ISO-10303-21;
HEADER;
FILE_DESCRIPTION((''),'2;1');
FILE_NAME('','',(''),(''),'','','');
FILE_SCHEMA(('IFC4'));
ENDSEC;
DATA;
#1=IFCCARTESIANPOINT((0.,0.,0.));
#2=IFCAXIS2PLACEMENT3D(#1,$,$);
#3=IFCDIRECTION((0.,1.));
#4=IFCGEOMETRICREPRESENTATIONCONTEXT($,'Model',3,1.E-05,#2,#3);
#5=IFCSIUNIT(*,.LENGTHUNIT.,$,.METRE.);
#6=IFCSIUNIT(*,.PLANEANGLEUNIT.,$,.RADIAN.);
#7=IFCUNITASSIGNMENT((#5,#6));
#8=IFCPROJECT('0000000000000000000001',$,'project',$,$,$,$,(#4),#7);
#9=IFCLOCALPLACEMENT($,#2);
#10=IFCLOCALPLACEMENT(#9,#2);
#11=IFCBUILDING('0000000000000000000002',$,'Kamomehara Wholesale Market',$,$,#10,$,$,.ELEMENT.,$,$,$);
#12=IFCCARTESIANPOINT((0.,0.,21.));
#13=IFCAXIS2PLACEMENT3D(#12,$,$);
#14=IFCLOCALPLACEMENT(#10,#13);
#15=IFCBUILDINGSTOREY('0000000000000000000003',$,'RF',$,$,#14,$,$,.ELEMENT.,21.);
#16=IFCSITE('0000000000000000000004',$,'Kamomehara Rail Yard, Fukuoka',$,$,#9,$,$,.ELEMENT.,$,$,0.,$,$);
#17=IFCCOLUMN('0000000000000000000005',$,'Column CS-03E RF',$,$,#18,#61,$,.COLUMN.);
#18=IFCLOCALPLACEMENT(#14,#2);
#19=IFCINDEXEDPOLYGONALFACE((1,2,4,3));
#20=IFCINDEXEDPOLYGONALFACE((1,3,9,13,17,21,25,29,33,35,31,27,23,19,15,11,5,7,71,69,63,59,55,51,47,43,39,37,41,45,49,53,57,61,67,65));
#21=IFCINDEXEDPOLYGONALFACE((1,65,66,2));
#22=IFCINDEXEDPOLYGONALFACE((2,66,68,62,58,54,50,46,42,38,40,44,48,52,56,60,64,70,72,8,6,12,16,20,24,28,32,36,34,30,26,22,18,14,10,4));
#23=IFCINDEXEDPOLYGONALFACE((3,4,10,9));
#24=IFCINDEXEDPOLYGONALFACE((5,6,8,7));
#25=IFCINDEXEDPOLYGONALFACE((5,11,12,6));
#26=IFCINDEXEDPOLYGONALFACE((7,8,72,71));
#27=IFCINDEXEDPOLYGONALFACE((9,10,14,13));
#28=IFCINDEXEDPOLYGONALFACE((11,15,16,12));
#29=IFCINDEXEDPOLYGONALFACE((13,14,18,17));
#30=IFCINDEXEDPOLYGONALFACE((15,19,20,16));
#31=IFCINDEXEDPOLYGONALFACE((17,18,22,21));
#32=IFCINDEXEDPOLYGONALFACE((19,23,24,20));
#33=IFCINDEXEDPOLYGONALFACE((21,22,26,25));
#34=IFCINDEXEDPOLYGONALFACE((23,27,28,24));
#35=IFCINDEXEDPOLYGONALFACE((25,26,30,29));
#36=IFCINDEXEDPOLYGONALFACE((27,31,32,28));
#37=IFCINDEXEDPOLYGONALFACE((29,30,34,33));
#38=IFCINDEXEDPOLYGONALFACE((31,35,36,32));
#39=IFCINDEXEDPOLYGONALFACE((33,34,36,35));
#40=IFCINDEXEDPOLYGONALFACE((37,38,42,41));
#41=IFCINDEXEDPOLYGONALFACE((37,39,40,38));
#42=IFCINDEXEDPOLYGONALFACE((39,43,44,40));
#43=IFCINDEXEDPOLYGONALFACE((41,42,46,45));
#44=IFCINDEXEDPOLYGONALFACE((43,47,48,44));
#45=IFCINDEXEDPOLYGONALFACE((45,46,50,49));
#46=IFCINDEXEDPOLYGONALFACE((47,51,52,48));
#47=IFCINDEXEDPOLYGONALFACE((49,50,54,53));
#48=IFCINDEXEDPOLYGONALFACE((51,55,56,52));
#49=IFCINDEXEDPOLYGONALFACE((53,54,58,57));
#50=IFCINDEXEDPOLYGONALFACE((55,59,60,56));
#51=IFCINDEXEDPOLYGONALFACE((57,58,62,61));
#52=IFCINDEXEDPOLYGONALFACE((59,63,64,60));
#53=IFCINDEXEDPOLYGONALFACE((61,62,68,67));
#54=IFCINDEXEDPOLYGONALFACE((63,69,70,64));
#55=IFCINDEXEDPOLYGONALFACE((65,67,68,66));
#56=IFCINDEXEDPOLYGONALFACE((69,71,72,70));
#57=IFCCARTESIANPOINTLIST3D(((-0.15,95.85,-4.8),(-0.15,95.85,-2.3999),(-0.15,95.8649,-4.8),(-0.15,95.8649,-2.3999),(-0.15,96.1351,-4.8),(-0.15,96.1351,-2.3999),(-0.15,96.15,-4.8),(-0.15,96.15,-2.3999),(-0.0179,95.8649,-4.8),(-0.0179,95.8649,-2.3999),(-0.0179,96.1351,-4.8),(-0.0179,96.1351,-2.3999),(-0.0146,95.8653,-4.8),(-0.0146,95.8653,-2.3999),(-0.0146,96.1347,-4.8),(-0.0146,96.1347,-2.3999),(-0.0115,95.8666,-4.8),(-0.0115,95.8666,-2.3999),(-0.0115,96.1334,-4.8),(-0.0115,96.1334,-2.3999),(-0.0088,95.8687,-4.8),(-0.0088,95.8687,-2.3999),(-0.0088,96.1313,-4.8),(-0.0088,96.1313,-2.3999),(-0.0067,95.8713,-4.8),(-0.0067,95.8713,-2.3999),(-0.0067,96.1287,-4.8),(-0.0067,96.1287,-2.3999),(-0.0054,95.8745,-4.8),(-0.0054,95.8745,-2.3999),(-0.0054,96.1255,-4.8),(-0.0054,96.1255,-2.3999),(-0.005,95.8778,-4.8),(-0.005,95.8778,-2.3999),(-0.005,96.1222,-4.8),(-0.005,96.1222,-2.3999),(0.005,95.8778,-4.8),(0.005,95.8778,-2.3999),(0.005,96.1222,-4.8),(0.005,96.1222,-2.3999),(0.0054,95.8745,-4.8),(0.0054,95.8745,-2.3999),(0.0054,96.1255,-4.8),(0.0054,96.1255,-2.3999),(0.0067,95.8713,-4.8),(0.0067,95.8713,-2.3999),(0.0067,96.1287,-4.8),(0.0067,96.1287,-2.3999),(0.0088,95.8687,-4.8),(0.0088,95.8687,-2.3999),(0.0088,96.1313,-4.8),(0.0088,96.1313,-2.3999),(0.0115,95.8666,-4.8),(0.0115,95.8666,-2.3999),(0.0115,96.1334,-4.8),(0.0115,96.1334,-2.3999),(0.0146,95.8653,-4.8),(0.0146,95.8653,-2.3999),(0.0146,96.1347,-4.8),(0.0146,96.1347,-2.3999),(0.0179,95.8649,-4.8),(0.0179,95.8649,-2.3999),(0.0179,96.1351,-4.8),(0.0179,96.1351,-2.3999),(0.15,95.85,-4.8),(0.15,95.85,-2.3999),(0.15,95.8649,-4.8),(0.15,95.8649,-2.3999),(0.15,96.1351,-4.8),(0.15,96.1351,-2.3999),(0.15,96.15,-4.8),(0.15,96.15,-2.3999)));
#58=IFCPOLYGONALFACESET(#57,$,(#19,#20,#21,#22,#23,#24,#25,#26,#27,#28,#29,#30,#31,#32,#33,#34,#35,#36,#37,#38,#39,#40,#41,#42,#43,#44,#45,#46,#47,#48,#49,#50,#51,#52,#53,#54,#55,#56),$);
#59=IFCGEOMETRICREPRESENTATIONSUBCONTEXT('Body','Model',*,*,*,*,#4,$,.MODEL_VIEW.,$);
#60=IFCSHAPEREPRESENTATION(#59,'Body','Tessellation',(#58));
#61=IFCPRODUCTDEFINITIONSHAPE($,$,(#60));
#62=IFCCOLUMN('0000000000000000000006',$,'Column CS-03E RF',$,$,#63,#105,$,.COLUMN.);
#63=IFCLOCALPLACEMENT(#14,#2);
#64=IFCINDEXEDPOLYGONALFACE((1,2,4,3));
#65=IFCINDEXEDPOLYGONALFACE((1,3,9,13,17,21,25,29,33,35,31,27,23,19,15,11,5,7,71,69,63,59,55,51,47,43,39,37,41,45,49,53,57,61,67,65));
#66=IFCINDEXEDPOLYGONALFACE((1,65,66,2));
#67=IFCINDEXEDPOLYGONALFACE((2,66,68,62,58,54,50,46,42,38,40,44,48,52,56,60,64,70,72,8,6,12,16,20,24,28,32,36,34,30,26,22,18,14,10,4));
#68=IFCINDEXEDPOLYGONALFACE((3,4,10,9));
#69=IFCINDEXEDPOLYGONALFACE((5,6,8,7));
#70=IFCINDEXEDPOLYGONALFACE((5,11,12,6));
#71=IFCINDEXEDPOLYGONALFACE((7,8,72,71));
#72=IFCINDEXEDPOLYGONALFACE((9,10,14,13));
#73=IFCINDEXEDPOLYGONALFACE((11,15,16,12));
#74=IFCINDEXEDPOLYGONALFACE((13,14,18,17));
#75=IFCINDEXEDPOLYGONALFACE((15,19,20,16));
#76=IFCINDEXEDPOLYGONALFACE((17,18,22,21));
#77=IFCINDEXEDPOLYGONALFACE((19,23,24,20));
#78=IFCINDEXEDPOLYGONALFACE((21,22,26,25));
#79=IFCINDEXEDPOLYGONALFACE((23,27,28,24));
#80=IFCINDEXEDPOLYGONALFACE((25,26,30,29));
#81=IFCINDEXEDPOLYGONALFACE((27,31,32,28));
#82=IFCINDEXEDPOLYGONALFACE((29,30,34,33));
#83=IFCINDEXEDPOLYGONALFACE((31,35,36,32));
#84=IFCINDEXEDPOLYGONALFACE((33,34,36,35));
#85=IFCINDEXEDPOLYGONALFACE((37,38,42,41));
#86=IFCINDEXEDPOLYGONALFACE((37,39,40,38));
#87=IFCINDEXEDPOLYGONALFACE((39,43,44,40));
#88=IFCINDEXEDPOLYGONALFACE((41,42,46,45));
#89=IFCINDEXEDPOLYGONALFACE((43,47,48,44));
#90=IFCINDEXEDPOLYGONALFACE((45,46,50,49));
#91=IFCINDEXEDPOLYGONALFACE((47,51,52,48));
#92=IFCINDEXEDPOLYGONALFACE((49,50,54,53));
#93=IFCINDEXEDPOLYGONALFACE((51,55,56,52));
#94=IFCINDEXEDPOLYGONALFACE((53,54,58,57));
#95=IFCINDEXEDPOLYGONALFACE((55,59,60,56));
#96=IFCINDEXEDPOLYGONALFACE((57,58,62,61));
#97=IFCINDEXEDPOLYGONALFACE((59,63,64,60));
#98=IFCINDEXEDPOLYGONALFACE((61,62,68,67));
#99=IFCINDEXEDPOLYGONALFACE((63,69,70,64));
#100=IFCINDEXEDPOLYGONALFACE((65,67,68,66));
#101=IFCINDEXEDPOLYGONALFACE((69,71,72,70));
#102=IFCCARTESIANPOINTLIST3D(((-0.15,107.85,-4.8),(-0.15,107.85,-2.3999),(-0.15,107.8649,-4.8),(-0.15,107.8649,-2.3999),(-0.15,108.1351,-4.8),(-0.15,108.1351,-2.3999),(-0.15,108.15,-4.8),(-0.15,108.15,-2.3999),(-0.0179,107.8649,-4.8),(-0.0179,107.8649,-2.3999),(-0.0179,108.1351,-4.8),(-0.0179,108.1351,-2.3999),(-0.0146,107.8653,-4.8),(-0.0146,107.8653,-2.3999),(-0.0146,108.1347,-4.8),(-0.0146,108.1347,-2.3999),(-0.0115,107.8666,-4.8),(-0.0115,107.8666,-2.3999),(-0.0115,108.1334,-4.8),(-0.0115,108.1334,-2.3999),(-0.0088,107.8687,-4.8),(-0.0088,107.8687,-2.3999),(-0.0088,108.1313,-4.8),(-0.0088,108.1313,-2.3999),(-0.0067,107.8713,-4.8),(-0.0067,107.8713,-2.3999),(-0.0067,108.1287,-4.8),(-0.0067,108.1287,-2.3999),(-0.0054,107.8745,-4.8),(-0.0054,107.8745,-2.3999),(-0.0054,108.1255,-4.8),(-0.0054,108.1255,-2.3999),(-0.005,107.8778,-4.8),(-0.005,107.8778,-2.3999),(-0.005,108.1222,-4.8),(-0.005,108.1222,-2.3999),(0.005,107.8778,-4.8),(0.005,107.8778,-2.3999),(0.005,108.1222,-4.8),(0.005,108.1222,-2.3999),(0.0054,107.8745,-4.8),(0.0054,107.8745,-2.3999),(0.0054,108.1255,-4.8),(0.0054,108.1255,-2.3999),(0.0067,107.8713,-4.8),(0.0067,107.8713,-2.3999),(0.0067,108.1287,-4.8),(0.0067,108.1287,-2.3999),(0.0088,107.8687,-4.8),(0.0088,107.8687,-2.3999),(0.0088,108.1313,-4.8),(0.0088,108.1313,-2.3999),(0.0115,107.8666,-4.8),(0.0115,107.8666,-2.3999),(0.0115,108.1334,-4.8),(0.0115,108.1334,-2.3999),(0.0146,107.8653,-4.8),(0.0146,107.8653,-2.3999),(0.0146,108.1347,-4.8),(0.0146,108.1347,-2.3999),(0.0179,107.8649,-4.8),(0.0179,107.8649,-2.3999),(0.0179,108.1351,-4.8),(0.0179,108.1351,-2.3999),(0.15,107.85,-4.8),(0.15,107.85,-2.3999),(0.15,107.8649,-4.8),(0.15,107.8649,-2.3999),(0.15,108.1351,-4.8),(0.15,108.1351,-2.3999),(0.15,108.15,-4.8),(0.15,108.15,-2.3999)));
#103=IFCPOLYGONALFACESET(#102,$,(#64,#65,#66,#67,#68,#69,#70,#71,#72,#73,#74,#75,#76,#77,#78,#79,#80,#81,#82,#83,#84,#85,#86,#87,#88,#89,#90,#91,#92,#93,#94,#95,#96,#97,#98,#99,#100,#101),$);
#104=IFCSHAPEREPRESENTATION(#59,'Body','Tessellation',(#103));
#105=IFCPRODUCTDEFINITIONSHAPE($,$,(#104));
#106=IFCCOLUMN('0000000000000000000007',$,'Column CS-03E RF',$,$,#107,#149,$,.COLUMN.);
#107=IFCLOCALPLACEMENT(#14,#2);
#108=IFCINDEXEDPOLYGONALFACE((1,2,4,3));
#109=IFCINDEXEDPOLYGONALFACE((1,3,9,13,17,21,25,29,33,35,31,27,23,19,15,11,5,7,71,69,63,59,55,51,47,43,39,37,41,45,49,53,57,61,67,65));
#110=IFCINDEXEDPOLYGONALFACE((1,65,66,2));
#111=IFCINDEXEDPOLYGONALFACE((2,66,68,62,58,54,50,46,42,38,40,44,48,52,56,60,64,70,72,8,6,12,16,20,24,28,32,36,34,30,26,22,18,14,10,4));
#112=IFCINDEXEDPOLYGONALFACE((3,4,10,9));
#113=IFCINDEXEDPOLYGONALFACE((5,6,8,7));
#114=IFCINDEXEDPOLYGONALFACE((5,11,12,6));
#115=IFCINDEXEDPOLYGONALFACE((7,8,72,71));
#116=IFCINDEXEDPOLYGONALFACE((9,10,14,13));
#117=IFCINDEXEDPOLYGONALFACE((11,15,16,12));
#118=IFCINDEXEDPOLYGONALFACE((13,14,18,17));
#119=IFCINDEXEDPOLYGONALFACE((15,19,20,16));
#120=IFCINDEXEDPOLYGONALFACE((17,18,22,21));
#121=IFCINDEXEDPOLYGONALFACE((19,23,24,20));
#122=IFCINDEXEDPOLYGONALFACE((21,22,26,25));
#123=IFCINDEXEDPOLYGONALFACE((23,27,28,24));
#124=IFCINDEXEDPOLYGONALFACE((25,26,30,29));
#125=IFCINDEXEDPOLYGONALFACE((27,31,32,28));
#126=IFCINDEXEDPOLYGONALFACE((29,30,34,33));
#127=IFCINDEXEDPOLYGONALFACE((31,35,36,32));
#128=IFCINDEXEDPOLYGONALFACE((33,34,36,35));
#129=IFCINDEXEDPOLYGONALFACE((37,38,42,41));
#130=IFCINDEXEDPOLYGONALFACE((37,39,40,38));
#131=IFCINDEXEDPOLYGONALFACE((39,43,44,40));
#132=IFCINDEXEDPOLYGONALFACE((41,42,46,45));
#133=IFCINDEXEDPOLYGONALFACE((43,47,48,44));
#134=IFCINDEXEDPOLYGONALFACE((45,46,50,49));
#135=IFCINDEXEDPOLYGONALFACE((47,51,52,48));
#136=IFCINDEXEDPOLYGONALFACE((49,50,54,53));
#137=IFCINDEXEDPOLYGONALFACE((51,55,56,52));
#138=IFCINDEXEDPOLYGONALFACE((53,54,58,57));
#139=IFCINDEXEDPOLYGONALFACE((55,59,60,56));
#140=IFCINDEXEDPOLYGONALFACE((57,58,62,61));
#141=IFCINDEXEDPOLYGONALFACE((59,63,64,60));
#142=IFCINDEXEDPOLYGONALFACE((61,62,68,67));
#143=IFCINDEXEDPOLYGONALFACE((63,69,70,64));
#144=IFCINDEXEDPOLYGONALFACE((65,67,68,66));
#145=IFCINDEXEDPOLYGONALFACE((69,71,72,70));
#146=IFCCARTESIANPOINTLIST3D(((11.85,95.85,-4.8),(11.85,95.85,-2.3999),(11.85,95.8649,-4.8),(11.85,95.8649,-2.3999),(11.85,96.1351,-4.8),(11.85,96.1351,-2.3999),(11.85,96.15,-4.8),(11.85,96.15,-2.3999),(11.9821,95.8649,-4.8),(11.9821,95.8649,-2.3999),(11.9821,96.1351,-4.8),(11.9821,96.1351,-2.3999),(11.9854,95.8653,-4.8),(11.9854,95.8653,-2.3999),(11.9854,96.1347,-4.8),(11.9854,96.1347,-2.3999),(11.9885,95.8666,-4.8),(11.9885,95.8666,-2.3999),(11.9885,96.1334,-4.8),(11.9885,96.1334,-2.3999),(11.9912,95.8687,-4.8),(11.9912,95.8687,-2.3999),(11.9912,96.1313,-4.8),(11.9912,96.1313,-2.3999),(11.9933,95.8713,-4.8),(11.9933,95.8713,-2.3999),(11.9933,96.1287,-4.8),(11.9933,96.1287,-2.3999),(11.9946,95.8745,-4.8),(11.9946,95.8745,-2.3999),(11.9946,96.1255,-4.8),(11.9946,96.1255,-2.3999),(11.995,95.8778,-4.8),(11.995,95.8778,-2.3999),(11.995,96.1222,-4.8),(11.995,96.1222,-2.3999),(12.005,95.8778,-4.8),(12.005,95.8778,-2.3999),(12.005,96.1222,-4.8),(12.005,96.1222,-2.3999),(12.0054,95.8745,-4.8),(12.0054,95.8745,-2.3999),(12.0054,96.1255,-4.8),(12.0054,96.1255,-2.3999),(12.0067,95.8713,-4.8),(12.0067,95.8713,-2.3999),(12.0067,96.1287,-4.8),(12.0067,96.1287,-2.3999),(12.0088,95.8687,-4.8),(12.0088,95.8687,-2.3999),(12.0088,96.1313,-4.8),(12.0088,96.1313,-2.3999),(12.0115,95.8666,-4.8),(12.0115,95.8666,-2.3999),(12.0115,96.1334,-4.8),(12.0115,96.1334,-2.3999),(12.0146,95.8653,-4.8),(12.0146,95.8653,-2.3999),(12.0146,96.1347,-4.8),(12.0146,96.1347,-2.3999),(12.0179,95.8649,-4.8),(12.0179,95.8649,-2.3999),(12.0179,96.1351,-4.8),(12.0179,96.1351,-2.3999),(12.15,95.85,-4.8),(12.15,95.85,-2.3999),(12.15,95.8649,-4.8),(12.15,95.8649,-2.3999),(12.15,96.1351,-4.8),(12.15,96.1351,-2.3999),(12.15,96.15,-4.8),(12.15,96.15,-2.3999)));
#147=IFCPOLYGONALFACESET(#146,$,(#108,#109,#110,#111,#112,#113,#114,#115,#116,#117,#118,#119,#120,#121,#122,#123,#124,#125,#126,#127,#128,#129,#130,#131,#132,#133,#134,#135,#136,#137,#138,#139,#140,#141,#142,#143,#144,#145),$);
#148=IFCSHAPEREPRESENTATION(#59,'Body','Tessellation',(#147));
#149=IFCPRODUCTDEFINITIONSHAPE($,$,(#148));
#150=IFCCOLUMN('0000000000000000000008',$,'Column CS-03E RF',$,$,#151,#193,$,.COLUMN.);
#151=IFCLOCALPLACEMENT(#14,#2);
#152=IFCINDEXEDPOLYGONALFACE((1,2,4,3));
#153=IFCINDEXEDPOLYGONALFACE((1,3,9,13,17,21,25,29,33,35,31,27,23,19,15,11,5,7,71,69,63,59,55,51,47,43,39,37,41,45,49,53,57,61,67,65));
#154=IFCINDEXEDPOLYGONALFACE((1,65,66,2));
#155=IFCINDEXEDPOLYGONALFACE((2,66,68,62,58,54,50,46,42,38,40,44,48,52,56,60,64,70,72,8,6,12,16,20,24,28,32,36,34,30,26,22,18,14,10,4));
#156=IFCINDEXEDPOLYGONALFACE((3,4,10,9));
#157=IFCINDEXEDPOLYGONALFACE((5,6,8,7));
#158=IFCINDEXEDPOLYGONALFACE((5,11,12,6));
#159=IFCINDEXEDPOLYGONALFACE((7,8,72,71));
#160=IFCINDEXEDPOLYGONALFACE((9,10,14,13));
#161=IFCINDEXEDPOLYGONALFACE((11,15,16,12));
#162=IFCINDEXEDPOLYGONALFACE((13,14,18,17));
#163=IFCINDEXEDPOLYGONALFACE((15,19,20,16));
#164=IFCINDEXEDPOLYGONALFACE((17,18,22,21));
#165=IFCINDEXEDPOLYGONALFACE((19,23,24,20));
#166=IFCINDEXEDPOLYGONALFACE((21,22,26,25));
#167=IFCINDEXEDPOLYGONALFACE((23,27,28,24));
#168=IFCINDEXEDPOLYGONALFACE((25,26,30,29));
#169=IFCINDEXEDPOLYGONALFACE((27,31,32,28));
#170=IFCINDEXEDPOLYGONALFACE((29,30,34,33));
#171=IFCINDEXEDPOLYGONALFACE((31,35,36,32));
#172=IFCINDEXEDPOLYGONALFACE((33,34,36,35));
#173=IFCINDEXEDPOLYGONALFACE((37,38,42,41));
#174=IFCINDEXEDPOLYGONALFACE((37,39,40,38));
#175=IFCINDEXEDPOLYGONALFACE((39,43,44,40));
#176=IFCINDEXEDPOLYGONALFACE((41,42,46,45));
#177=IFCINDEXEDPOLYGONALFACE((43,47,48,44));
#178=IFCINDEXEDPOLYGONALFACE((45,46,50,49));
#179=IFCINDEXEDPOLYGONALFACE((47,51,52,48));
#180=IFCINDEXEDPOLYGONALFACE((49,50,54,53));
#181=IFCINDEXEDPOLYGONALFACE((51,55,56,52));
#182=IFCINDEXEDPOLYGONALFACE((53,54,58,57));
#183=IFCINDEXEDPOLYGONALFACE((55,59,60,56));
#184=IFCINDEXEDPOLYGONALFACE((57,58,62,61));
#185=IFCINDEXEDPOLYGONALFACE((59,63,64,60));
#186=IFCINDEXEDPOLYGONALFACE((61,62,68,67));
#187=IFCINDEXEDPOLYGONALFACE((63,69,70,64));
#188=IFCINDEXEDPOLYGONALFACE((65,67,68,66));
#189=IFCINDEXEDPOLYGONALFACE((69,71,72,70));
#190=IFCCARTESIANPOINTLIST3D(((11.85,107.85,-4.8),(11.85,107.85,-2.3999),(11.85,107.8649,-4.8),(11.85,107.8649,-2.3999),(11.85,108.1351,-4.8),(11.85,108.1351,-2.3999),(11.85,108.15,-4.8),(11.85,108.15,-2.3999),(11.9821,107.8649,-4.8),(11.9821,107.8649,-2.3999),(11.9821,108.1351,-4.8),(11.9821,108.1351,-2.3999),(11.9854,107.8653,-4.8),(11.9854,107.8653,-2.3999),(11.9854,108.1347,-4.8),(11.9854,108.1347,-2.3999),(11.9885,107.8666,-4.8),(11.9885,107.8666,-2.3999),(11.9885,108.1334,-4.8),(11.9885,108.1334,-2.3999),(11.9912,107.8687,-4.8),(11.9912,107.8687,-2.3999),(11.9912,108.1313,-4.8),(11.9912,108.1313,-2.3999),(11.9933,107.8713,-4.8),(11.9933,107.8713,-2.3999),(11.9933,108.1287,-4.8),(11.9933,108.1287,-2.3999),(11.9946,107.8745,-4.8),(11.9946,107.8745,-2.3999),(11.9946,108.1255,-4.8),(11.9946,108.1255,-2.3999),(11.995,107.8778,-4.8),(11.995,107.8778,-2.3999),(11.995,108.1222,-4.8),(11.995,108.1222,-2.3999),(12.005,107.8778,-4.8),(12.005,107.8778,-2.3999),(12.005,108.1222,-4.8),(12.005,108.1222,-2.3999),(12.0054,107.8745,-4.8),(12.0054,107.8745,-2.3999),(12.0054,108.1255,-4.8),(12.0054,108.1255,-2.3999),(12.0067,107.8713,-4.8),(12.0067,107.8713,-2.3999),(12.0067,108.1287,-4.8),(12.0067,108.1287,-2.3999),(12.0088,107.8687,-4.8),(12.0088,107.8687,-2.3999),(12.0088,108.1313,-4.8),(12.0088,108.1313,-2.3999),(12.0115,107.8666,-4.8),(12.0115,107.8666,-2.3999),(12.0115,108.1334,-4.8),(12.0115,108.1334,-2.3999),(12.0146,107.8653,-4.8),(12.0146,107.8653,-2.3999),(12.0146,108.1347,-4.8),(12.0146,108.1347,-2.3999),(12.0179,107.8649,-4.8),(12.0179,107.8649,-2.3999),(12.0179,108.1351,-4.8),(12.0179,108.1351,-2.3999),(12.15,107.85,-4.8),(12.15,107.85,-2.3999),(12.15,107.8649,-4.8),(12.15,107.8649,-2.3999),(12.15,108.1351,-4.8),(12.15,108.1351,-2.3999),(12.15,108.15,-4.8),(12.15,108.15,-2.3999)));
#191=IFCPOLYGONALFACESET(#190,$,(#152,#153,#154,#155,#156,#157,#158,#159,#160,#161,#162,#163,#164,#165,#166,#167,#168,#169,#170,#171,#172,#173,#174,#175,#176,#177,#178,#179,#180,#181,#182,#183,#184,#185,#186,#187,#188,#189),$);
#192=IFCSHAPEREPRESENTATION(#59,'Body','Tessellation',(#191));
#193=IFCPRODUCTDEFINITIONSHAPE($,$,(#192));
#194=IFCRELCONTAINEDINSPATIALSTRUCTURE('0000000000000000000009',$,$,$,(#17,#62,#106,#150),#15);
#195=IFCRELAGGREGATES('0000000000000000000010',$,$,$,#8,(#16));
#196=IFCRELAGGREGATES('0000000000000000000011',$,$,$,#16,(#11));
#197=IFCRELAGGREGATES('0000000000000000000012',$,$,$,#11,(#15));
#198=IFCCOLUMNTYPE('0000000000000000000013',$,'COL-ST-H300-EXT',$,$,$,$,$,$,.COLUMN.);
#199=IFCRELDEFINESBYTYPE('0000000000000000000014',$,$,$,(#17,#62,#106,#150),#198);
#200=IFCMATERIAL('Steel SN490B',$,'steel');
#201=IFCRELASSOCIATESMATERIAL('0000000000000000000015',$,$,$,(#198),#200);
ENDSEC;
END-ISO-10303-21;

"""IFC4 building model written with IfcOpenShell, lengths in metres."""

from ifc_helpers import new_model, si_unit, direction, frame, origin, origin_2d, place, context, subcontext, project, spatial, i_section, extrude, material, material_profile, profile_set, type_object, element, save


model = new_model("IFC4")

# Units and contexts
model_context = context("Model", 3, precision=1e-05, world=origin(), true_north=direction((0.0, 1.0)))
body_context = subcontext(model_context, "Body", "Model", "MODEL_VIEW")
ifc_project = project(units=[si_unit("LENGTHUNIT", "METRE"), si_unit("PLANEANGLEUNIT", "RADIAN")], contexts=[model_context])

# Site, building, storey
site_placement = place(None, origin())
site = spatial("IfcSite", under=ifc_project, at=site_placement, Name="Kamomehara Rail Yard, Fukuoka", CompositionType="ELEMENT", RefElevation=0.0)
building_placement = place(site_placement, origin())
building = spatial("IfcBuilding", under=site, at=building_placement, Name="Kamomehara Wholesale Market", CompositionType="ELEMENT")
storey_placement = place(building_placement, frame((0.0, 0.0, 21.0)))
storey = spatial("IfcBuildingStorey", under=building, at=storey_placement, Name="RF", CompositionType="ELEMENT", Elevation=21.0)

# Columns
ifc_material_1 = material(Name="Steel SN490B", Category="steel")
ifc_material_profile_1 = material_profile(ifc_material_1, i_section(OverallWidth=0.3, OverallDepth=0.3, WebThickness=0.01, FlangeThickness=0.0149, FilletRadius=0.0129, at=origin_2d()), Name="H-300x300x10x15")
ifc_profile_set_1 = profile_set([ifc_material_profile_1], Name="Steel SN490B")
column_type = type_object("IfcColumnType", Name="COL-ST-H300-EXT", PredefinedType="COLUMN", material=ifc_profile_set_1)
for number, where, z_axis, x_axis, name in (
    (1, (0.0, 96.0, -4.8), (0.0, 0.0, 1.0), (1.0, 0.0, 0.0), "Column CS-03E RF"),
    (2, (0.0, 108.0, -4.8), (0.0, 0.0, 1.0), (1.0, 0.0, 0.0), "Column CS-03E RF"),
    (3, (12.0, 96.0, -4.8), (0.0, 0.0, 1.0), (1.0, 0.0, 0.0), "Column CS-03E RF"),
    (4, (12.0, 108.0, -4.8), (0.0, 0.0, 1.0), (1.0, 0.0, 0.0), "Column CS-03E RF"),
):
    element("IfcColumn", number, at=place(storey_placement, frame(where, z_axis=z_axis, x_axis=x_axis)), inside=storey, type_object=column_type, Name=name, PredefinedType="COLUMN", context=body_context, shape_type="SweptSolid", body=[
        extrude(i_section(OverallWidth=0.3, OverallDepth=0.3, WebThickness=0.01, FlangeThickness=0.0149, FilletRadius=0.0129, at=origin_2d()), origin(), (0.0, 0.0, 1.0), 2.4001),
    ])

save(model, "model.ifc")
